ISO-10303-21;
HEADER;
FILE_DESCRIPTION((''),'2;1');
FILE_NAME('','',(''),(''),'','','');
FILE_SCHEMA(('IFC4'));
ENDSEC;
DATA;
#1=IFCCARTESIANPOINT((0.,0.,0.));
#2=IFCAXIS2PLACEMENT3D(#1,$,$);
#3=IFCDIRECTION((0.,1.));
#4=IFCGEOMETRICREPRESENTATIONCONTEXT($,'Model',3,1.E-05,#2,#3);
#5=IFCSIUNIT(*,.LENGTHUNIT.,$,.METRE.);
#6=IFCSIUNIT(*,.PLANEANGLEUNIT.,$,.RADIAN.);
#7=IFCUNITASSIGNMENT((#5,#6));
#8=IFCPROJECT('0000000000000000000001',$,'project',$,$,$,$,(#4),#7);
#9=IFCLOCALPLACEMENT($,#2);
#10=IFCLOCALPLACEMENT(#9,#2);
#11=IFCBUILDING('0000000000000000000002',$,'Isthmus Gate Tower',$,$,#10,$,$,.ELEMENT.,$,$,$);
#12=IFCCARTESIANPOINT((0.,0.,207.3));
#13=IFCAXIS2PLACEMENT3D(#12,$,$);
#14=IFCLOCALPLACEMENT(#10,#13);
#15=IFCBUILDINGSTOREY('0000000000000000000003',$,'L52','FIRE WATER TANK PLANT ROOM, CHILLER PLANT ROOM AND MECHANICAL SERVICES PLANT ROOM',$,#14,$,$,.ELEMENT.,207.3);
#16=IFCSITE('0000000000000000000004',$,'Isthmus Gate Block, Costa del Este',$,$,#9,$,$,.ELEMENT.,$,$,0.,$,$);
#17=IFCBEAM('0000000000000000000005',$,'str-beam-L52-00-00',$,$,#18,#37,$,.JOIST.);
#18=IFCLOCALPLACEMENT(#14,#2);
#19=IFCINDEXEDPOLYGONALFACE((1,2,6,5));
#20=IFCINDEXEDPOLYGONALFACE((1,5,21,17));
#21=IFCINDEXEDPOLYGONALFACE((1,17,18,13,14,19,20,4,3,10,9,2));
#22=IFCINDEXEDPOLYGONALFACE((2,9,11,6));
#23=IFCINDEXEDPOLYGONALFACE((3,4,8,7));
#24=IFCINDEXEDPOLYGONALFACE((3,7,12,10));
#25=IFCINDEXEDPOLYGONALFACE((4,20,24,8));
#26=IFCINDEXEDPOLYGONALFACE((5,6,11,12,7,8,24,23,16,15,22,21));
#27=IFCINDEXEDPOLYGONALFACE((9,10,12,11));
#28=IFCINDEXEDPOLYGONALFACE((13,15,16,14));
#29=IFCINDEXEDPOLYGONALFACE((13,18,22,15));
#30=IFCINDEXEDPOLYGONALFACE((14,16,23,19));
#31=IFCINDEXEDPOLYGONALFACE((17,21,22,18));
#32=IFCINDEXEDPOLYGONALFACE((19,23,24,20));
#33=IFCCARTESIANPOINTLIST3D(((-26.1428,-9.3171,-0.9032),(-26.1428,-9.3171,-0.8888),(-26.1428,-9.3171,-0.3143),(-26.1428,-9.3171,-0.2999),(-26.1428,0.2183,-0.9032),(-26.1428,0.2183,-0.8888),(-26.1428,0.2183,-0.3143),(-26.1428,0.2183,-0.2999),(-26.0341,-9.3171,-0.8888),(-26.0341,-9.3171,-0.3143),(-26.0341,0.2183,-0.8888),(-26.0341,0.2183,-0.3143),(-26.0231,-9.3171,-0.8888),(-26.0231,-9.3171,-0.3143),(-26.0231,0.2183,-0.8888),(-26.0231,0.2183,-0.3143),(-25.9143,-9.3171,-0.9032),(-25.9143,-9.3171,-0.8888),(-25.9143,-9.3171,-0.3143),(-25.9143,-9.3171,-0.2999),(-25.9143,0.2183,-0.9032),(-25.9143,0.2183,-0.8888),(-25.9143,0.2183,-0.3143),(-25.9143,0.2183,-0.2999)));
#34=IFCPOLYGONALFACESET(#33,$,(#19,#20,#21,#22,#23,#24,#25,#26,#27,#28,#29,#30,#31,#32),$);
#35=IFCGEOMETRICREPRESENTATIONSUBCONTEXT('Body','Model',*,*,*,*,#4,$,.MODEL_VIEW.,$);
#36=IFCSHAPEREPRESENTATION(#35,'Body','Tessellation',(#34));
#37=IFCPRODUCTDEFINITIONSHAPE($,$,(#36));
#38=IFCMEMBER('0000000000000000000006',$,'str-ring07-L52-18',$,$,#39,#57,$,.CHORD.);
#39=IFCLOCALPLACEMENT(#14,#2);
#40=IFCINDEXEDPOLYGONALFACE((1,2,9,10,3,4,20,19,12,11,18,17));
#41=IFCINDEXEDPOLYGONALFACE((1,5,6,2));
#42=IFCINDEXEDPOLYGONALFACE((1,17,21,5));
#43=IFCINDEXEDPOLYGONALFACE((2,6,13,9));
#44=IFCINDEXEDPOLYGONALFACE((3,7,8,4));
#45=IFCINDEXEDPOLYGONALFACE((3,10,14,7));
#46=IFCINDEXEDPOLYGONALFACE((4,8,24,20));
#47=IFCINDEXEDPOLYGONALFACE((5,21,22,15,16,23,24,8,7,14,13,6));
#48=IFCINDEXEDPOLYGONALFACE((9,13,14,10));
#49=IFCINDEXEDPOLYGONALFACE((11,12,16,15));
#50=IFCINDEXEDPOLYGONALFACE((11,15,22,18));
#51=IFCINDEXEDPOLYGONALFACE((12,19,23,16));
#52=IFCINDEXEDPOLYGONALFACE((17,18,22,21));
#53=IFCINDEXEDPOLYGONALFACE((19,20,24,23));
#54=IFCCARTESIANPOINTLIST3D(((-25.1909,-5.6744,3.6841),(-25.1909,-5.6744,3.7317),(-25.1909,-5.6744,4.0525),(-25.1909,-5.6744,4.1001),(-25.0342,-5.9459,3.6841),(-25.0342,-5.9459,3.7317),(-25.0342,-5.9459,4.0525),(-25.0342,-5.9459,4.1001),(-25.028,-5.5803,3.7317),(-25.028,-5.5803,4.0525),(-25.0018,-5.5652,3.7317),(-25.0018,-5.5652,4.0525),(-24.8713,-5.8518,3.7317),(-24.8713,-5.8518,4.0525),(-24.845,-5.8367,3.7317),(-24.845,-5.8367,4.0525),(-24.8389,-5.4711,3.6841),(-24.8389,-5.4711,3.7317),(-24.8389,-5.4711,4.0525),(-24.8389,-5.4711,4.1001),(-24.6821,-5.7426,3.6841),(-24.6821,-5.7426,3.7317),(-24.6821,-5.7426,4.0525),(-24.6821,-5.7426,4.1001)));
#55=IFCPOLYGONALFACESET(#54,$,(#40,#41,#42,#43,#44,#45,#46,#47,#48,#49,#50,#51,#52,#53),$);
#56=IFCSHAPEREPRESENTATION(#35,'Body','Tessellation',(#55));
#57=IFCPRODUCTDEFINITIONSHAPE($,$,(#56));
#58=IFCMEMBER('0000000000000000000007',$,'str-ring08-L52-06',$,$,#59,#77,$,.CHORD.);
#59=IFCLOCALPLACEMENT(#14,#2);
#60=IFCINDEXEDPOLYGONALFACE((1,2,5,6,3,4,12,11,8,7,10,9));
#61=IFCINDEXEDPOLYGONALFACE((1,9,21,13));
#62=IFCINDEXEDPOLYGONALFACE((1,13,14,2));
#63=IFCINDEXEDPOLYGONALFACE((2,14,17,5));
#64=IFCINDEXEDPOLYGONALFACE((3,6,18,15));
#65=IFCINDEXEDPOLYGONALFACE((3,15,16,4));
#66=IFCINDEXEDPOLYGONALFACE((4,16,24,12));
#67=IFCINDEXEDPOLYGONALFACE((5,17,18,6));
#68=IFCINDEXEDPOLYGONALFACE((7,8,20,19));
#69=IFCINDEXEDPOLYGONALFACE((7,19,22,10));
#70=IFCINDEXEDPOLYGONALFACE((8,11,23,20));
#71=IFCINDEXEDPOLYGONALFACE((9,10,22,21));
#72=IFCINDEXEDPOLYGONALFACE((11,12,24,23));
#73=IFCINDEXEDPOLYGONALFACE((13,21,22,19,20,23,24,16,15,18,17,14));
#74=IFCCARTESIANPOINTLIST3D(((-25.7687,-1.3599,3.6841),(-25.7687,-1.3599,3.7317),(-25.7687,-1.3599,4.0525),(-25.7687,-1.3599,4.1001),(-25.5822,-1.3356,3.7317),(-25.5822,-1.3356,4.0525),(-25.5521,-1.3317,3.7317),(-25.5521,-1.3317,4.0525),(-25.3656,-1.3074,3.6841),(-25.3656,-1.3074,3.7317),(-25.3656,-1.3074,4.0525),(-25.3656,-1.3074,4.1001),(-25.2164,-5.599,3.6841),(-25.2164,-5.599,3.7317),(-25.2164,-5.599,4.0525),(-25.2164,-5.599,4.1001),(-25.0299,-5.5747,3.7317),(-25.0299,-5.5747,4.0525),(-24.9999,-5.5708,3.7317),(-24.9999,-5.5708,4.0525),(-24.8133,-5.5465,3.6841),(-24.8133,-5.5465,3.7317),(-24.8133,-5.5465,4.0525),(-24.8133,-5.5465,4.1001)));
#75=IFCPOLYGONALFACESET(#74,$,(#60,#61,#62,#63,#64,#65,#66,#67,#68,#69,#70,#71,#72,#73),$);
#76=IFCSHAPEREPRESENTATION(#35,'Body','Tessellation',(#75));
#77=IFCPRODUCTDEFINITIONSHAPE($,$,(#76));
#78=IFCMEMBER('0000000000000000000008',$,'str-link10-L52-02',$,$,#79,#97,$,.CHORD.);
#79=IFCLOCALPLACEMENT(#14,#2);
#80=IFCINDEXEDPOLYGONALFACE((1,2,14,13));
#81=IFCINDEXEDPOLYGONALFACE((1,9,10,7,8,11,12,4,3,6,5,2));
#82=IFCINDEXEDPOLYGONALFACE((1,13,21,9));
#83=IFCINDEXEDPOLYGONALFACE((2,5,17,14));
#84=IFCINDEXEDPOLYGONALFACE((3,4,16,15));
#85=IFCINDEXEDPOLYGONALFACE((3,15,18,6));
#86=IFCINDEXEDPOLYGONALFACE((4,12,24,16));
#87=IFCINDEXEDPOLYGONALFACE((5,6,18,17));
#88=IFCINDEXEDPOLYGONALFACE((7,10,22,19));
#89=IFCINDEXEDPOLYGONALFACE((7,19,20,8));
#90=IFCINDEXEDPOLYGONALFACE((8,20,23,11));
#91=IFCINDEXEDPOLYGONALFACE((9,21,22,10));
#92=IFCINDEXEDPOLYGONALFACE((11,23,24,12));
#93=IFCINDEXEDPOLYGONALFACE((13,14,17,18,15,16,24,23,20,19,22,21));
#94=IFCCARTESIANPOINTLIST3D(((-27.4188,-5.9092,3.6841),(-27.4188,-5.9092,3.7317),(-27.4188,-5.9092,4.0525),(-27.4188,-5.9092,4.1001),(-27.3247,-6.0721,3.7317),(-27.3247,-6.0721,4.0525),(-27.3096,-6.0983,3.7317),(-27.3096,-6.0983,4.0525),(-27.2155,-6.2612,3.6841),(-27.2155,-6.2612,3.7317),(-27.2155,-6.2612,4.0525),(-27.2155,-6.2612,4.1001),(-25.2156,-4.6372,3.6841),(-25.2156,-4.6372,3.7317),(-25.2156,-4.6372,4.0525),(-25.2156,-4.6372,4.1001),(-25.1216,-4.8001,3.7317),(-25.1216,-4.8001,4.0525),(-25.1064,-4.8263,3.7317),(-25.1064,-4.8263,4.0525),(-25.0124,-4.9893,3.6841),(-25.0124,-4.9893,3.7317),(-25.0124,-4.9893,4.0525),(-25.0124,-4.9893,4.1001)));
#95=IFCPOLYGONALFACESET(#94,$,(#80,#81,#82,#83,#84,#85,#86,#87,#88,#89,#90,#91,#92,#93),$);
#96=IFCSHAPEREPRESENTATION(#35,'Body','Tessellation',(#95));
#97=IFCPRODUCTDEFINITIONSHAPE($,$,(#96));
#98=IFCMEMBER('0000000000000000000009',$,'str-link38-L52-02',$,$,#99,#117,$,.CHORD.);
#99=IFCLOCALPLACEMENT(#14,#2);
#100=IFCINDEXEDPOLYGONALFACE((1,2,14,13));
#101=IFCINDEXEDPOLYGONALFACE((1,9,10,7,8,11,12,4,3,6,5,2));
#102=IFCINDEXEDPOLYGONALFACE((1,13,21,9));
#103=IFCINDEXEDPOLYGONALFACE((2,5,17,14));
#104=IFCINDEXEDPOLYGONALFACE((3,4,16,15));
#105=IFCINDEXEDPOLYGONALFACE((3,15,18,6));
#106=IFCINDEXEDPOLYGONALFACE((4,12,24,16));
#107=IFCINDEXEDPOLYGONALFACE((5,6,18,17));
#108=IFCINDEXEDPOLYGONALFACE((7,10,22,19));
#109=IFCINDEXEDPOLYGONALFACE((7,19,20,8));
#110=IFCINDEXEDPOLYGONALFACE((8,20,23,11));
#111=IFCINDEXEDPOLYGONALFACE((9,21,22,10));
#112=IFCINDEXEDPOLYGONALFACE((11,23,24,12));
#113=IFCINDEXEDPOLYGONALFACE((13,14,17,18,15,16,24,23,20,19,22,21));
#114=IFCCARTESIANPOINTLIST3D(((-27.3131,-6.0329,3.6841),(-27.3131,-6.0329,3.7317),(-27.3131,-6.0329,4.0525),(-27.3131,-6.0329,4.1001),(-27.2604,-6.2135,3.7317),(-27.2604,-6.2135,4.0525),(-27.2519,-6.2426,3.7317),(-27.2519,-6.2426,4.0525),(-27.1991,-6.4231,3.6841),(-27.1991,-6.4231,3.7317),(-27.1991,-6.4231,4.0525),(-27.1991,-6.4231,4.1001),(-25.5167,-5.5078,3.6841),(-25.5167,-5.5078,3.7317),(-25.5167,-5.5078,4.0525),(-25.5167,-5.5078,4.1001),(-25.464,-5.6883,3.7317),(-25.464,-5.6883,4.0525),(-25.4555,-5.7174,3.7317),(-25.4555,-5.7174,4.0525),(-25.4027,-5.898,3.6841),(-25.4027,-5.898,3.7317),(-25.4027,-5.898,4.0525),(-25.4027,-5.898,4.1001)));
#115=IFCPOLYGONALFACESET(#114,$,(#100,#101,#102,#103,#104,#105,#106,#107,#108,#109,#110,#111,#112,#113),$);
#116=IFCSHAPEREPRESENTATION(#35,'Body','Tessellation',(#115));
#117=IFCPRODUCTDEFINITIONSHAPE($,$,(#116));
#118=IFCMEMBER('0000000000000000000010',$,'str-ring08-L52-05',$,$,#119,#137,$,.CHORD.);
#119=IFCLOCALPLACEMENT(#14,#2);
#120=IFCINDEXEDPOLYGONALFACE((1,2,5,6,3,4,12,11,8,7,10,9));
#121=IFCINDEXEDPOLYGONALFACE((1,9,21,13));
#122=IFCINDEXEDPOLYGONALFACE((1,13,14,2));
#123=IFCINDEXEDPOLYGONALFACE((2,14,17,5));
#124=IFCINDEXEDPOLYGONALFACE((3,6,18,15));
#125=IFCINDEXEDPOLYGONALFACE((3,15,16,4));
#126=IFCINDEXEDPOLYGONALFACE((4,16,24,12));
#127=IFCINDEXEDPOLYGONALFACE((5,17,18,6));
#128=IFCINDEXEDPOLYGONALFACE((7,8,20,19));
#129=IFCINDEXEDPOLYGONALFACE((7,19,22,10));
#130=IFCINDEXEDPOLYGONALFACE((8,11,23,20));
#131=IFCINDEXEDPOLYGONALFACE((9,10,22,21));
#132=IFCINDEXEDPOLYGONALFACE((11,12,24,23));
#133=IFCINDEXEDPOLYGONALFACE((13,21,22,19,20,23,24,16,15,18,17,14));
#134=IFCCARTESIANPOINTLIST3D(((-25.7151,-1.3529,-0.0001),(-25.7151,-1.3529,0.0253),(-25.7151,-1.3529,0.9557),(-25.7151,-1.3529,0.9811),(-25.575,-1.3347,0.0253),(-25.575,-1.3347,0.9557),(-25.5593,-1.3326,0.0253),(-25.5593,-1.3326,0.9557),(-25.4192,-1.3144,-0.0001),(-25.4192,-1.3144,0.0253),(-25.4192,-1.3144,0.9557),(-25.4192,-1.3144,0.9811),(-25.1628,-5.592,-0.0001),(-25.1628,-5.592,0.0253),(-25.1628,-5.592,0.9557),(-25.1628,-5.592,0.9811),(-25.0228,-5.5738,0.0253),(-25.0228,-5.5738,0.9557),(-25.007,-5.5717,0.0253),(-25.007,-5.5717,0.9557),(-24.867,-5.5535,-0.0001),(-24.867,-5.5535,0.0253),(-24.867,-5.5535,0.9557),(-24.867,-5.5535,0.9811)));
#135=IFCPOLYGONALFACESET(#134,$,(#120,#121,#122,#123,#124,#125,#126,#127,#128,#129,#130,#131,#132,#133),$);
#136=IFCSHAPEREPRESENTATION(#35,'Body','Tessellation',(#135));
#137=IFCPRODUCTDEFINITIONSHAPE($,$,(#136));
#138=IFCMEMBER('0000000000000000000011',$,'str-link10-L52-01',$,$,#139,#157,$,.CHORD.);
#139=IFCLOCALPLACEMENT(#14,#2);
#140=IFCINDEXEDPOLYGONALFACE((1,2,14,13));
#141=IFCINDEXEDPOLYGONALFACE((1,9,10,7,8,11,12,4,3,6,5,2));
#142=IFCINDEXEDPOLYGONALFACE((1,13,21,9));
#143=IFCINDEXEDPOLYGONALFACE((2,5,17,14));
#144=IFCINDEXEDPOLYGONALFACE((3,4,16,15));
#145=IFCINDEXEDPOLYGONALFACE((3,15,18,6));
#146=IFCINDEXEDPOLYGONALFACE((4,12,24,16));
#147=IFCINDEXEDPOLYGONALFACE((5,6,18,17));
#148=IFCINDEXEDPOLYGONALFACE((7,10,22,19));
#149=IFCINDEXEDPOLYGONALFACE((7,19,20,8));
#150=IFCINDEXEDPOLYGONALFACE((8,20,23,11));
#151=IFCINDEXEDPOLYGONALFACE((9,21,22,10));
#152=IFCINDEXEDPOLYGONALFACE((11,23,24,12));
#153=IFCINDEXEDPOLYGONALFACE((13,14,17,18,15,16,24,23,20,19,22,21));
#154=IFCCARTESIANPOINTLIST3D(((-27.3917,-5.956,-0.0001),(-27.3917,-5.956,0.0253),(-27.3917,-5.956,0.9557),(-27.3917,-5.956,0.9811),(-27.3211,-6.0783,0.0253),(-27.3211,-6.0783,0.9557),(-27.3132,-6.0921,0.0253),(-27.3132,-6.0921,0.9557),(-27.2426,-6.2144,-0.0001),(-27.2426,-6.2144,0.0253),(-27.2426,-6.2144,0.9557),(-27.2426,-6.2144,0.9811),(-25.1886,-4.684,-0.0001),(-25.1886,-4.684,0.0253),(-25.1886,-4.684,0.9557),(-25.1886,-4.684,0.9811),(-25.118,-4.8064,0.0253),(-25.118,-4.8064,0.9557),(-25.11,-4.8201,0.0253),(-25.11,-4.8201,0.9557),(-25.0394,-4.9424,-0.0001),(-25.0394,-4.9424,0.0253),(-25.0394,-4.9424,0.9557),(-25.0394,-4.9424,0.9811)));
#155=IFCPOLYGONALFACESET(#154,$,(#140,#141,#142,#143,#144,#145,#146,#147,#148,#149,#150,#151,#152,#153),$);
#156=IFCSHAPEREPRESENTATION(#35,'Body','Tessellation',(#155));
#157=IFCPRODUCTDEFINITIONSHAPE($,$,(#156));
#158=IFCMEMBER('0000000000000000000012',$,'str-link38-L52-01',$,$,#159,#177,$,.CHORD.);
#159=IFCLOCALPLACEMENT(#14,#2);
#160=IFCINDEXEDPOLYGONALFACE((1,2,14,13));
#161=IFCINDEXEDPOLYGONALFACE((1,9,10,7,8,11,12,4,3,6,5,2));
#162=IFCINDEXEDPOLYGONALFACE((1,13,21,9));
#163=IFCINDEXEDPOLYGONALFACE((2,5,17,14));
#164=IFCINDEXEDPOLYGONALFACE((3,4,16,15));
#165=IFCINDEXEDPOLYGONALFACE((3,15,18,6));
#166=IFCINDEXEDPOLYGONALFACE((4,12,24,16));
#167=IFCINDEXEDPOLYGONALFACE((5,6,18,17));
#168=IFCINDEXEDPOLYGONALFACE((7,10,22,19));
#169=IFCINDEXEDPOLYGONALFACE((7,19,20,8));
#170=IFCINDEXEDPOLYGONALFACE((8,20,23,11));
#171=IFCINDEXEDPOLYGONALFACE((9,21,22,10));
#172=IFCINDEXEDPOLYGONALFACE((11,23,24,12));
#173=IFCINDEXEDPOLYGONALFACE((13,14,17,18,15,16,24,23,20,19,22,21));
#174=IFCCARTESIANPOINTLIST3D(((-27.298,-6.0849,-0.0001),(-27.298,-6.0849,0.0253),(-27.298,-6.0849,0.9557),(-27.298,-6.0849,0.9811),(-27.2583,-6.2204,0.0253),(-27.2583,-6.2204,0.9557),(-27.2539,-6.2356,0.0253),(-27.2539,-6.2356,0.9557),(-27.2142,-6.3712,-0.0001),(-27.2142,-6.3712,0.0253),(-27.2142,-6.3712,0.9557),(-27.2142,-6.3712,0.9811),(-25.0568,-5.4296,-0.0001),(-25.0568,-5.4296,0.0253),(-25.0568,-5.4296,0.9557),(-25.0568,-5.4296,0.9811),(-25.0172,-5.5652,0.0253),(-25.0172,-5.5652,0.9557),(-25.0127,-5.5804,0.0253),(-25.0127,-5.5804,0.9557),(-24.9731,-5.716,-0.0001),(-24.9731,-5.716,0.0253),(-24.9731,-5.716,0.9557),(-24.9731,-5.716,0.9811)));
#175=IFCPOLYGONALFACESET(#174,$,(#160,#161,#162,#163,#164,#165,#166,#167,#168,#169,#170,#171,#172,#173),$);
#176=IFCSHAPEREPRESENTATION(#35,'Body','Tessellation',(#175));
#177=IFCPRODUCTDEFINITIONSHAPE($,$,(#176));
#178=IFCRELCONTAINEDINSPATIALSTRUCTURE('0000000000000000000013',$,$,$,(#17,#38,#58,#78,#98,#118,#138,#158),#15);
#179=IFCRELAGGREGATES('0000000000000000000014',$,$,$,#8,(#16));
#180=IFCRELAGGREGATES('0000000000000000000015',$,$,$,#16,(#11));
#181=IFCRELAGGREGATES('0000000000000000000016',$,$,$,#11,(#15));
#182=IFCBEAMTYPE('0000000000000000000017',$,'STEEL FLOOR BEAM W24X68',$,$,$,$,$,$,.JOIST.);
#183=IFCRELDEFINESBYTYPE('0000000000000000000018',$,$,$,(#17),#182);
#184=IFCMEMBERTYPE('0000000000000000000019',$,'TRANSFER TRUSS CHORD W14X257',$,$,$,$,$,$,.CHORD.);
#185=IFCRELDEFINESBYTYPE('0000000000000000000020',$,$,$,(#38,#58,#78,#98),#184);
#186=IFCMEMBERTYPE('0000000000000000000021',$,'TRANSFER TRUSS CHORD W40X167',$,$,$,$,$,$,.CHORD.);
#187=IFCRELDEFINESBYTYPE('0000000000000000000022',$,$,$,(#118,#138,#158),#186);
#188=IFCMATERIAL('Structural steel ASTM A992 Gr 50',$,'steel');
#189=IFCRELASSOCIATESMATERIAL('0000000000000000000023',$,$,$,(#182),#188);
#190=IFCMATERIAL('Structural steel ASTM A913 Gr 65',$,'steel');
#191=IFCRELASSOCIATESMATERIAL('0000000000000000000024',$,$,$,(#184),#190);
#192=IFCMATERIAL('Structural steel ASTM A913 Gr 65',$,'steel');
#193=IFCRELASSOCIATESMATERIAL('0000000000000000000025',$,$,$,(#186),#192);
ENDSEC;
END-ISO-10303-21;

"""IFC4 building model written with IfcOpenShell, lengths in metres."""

from ifc_helpers import new_model, si_unit, direction, frame, origin, origin_2d, place, context, subcontext, project, spatial, i_section, extrude, material, material_profile, profile_set, type_object, element, save


model = new_model("IFC4")

# Units and contexts
model_context = context("Model", 3, precision=1e-05, world=origin(), true_north=direction((0.0, 1.0)))
body_context = subcontext(model_context, "Body", "Model", "MODEL_VIEW")
ifc_project = project(units=[si_unit("LENGTHUNIT", "METRE"), si_unit("PLANEANGLEUNIT", "RADIAN")], contexts=[model_context])

# Site, building, storey
site_placement = place(None, origin())
site = spatial("IfcSite", under=ifc_project, at=site_placement, Name="Isthmus Gate Block, Costa del Este", CompositionType="ELEMENT", RefElevation=0.0)
building_placement = place(site_placement, origin())
building = spatial("IfcBuilding", under=site, at=building_placement, Name="Isthmus Gate Tower", CompositionType="ELEMENT")
storey_placement = place(building_placement, frame((0.0, 0.0, 207.3)))
storey = spatial("IfcBuildingStorey", under=building, at=storey_placement, Name="L52", Description="FIRE WATER TANK PLANT ROOM, CHILLER PLANT ROOM AND MECHANICAL SERVICES PLANT ROOM", CompositionType="ELEMENT", Elevation=207.3)

# Beam
ifc_material_1 = material(Name="Structural steel ASTM A992 Gr 50", Category="steel")
ifc_material_profile_1 = material_profile(ifc_material_1, i_section(OverallWidth=0.2285, OverallDepth=0.6033, WebThickness=0.011, FlangeThickness=0.0144, at=origin_2d()), Name="W24X68")
ifc_profile_set_1 = profile_set([ifc_material_profile_1], Name="Structural steel ASTM A992 Gr 50")
beam_type_1 = type_object("IfcBeamType", Name="STEEL FLOOR BEAM W24X68", PredefinedType="JOIST", material=ifc_profile_set_1)
beam_1_placement = place(storey_placement, frame((-26.0286, -9.3171, -0.6016), z_axis=(0.0, 1.0, 0.0), x_axis=(-1.0, 0.0, 0.0)))
element("IfcBeam", 1, at=beam_1_placement, inside=storey, type_object=beam_type_1, Name="str-beam-L52-00-00", PredefinedType="JOIST", context=body_context, shape_type="SweptSolid", body=[
    extrude(i_section(OverallWidth=0.2285, OverallDepth=0.6033, WebThickness=0.011, FlangeThickness=0.0144, at=origin_2d()), origin(), (0.0, 0.0, 1.0), 9.5354),
])

# Members
ifc_material_2 = material(Name="Structural steel ASTM A913 Gr 65", Category="steel")
ifc_material_profile_2 = material_profile(ifc_material_2, i_section(OverallWidth=0.4065, OverallDepth=0.416, WebThickness=0.0303, FlangeThickness=0.0476, at=origin_2d()), Name="W14X257")
ifc_profile_set_2 = profile_set([ifc_material_profile_2], Name="Structural steel ASTM A913 Gr 65")
member_type_1 = type_object("IfcMemberType", Name="TRANSFER TRUSS CHORD W14X257", PredefinedType="CHORD", material=ifc_profile_set_2)
member_1_placement = place(storey_placement, frame((-24.8582, -5.8442, 3.8921), z_axis=(-0.499992, 0.86603, 0.0), x_axis=(-0.86603, -0.499992, 0.0)))
element("IfcMember", 2, at=member_1_placement, inside=storey, type_object=member_type_1, Name="str-ring07-L52-18", PredefinedType="CHORD", context=body_context, shape_type="SweptSolid", body=[
    extrude(i_section(OverallWidth=0.4065, OverallDepth=0.416, WebThickness=0.0303, FlangeThickness=0.0476, at=origin_2d()), origin(), (0.0, 0.0, 1.0), 0.3135),
])
member_2_placement = place(storey_placement, frame((-25.0149, -5.5728, 3.8921), z_axis=(-0.129185, 0.99162, 0.0), x_axis=(-0.99162, -0.129185, 0.0)))
element("IfcMember", 3, at=member_2_placement, inside=storey, type_object=member_type_1, Name="str-ring08-L52-06", PredefinedType="CHORD", context=body_context, shape_type="SweptSolid", body=[
    extrude(i_section(OverallWidth=0.4065, OverallDepth=0.416, WebThickness=0.0303, FlangeThickness=0.0476, at=origin_2d()), origin(), (0.0, 0.0, 1.0), 4.2749),
])
member_3_placement = place(storey_placement, frame((-27.3171, -6.0852, 3.8921), z_axis=(0.866026, 0.499999, 0.0), x_axis=(-0.499999, 0.866026, 0.0)))
element("IfcMember", 4, at=member_3_placement, inside=storey, type_object=member_type_1, Name="str-link10-L52-02", PredefinedType="CHORD", context=body_context, shape_type="SweptSolid", body=[
    extrude(i_section(OverallWidth=0.4065, OverallDepth=0.416, WebThickness=0.0303, FlangeThickness=0.0476, at=origin_2d()), origin(), (0.0, 0.0, 1.0), 2.5439),
])
member_4_placement = place(storey_placement, frame((-27.2561, -6.228, 3.8921), z_axis=(0.959827, 0.280591, 0.0), x_axis=(-0.280591, 0.959827, 0.0)))
element("IfcMember", 5, at=member_4_placement, inside=storey, type_object=member_type_1, Name="str-link38-L52-02", PredefinedType="CHORD", context=body_context, shape_type="SweptSolid", body=[
    extrude(i_section(OverallWidth=0.4065, OverallDepth=0.416, WebThickness=0.0303, FlangeThickness=0.0476, at=origin_2d()), origin(), (0.0, 0.0, 1.0), 1.8716),
])
ifc_material_3 = material(Name="Structural steel ASTM A913 Gr 65", Category="steel")
ifc_material_profile_3 = material_profile(ifc_material_3, i_section(OverallWidth=0.2983, OverallDepth=0.9812, WebThickness=0.0159, FlangeThickness=0.0254, at=origin_2d()), Name="W40X167")
ifc_profile_set_3 = profile_set([ifc_material_profile_3], Name="Structural steel ASTM A913 Gr 65")
member_type_2 = type_object("IfcMemberType", Name="TRANSFER TRUSS CHORD W40X167", PredefinedType="CHORD", material=ifc_profile_set_3)
member_5_placement = place(storey_placement, frame((-25.0149, -5.5728, 0.4905), z_axis=(-0.129185, 0.99162, 0.0), x_axis=(-0.99162, -0.129185, 0.0)))
element("IfcMember", 6, at=member_5_placement, inside=storey, type_object=member_type_2, Name="str-ring08-L52-05", PredefinedType="CHORD", context=body_context, shape_type="SweptSolid", body=[
    extrude(i_section(OverallWidth=0.2983, OverallDepth=0.9812, WebThickness=0.0159, FlangeThickness=0.0254, at=origin_2d()), origin(), (0.0, 0.0, 1.0), 4.2749),
])
member_6_placement = place(storey_placement, frame((-27.3171, -6.0852, 0.4905), z_axis=(0.866026, 0.499999, 0.0), x_axis=(-0.499999, 0.866026, 0.0)))
element("IfcMember", 7, at=member_6_placement, inside=storey, type_object=member_type_2, Name="str-link10-L52-01", PredefinedType="CHORD", context=body_context, shape_type="SweptSolid", body=[
    extrude(i_section(OverallWidth=0.2983, OverallDepth=0.9812, WebThickness=0.0159, FlangeThickness=0.0254, at=origin_2d()), origin(), (0.0, 0.0, 1.0), 2.5439),
])
member_7_placement = place(storey_placement, frame((-27.2561, -6.228, 0.4905), z_axis=(0.959817, 0.280626, 0.0), x_axis=(-0.280626, 0.959817, 0.0)))
element("IfcMember", 8, at=member_7_placement, inside=storey, type_object=member_type_2, Name="str-link38-L52-01", PredefinedType="CHORD", context=body_context, shape_type="SweptSolid", body=[
    extrude(i_section(OverallWidth=0.2983, OverallDepth=0.9812, WebThickness=0.0159, FlangeThickness=0.0254, at=origin_2d()), origin(), (0.0, 0.0, 1.0), 2.335),
])

save(model, "model.ifc")
